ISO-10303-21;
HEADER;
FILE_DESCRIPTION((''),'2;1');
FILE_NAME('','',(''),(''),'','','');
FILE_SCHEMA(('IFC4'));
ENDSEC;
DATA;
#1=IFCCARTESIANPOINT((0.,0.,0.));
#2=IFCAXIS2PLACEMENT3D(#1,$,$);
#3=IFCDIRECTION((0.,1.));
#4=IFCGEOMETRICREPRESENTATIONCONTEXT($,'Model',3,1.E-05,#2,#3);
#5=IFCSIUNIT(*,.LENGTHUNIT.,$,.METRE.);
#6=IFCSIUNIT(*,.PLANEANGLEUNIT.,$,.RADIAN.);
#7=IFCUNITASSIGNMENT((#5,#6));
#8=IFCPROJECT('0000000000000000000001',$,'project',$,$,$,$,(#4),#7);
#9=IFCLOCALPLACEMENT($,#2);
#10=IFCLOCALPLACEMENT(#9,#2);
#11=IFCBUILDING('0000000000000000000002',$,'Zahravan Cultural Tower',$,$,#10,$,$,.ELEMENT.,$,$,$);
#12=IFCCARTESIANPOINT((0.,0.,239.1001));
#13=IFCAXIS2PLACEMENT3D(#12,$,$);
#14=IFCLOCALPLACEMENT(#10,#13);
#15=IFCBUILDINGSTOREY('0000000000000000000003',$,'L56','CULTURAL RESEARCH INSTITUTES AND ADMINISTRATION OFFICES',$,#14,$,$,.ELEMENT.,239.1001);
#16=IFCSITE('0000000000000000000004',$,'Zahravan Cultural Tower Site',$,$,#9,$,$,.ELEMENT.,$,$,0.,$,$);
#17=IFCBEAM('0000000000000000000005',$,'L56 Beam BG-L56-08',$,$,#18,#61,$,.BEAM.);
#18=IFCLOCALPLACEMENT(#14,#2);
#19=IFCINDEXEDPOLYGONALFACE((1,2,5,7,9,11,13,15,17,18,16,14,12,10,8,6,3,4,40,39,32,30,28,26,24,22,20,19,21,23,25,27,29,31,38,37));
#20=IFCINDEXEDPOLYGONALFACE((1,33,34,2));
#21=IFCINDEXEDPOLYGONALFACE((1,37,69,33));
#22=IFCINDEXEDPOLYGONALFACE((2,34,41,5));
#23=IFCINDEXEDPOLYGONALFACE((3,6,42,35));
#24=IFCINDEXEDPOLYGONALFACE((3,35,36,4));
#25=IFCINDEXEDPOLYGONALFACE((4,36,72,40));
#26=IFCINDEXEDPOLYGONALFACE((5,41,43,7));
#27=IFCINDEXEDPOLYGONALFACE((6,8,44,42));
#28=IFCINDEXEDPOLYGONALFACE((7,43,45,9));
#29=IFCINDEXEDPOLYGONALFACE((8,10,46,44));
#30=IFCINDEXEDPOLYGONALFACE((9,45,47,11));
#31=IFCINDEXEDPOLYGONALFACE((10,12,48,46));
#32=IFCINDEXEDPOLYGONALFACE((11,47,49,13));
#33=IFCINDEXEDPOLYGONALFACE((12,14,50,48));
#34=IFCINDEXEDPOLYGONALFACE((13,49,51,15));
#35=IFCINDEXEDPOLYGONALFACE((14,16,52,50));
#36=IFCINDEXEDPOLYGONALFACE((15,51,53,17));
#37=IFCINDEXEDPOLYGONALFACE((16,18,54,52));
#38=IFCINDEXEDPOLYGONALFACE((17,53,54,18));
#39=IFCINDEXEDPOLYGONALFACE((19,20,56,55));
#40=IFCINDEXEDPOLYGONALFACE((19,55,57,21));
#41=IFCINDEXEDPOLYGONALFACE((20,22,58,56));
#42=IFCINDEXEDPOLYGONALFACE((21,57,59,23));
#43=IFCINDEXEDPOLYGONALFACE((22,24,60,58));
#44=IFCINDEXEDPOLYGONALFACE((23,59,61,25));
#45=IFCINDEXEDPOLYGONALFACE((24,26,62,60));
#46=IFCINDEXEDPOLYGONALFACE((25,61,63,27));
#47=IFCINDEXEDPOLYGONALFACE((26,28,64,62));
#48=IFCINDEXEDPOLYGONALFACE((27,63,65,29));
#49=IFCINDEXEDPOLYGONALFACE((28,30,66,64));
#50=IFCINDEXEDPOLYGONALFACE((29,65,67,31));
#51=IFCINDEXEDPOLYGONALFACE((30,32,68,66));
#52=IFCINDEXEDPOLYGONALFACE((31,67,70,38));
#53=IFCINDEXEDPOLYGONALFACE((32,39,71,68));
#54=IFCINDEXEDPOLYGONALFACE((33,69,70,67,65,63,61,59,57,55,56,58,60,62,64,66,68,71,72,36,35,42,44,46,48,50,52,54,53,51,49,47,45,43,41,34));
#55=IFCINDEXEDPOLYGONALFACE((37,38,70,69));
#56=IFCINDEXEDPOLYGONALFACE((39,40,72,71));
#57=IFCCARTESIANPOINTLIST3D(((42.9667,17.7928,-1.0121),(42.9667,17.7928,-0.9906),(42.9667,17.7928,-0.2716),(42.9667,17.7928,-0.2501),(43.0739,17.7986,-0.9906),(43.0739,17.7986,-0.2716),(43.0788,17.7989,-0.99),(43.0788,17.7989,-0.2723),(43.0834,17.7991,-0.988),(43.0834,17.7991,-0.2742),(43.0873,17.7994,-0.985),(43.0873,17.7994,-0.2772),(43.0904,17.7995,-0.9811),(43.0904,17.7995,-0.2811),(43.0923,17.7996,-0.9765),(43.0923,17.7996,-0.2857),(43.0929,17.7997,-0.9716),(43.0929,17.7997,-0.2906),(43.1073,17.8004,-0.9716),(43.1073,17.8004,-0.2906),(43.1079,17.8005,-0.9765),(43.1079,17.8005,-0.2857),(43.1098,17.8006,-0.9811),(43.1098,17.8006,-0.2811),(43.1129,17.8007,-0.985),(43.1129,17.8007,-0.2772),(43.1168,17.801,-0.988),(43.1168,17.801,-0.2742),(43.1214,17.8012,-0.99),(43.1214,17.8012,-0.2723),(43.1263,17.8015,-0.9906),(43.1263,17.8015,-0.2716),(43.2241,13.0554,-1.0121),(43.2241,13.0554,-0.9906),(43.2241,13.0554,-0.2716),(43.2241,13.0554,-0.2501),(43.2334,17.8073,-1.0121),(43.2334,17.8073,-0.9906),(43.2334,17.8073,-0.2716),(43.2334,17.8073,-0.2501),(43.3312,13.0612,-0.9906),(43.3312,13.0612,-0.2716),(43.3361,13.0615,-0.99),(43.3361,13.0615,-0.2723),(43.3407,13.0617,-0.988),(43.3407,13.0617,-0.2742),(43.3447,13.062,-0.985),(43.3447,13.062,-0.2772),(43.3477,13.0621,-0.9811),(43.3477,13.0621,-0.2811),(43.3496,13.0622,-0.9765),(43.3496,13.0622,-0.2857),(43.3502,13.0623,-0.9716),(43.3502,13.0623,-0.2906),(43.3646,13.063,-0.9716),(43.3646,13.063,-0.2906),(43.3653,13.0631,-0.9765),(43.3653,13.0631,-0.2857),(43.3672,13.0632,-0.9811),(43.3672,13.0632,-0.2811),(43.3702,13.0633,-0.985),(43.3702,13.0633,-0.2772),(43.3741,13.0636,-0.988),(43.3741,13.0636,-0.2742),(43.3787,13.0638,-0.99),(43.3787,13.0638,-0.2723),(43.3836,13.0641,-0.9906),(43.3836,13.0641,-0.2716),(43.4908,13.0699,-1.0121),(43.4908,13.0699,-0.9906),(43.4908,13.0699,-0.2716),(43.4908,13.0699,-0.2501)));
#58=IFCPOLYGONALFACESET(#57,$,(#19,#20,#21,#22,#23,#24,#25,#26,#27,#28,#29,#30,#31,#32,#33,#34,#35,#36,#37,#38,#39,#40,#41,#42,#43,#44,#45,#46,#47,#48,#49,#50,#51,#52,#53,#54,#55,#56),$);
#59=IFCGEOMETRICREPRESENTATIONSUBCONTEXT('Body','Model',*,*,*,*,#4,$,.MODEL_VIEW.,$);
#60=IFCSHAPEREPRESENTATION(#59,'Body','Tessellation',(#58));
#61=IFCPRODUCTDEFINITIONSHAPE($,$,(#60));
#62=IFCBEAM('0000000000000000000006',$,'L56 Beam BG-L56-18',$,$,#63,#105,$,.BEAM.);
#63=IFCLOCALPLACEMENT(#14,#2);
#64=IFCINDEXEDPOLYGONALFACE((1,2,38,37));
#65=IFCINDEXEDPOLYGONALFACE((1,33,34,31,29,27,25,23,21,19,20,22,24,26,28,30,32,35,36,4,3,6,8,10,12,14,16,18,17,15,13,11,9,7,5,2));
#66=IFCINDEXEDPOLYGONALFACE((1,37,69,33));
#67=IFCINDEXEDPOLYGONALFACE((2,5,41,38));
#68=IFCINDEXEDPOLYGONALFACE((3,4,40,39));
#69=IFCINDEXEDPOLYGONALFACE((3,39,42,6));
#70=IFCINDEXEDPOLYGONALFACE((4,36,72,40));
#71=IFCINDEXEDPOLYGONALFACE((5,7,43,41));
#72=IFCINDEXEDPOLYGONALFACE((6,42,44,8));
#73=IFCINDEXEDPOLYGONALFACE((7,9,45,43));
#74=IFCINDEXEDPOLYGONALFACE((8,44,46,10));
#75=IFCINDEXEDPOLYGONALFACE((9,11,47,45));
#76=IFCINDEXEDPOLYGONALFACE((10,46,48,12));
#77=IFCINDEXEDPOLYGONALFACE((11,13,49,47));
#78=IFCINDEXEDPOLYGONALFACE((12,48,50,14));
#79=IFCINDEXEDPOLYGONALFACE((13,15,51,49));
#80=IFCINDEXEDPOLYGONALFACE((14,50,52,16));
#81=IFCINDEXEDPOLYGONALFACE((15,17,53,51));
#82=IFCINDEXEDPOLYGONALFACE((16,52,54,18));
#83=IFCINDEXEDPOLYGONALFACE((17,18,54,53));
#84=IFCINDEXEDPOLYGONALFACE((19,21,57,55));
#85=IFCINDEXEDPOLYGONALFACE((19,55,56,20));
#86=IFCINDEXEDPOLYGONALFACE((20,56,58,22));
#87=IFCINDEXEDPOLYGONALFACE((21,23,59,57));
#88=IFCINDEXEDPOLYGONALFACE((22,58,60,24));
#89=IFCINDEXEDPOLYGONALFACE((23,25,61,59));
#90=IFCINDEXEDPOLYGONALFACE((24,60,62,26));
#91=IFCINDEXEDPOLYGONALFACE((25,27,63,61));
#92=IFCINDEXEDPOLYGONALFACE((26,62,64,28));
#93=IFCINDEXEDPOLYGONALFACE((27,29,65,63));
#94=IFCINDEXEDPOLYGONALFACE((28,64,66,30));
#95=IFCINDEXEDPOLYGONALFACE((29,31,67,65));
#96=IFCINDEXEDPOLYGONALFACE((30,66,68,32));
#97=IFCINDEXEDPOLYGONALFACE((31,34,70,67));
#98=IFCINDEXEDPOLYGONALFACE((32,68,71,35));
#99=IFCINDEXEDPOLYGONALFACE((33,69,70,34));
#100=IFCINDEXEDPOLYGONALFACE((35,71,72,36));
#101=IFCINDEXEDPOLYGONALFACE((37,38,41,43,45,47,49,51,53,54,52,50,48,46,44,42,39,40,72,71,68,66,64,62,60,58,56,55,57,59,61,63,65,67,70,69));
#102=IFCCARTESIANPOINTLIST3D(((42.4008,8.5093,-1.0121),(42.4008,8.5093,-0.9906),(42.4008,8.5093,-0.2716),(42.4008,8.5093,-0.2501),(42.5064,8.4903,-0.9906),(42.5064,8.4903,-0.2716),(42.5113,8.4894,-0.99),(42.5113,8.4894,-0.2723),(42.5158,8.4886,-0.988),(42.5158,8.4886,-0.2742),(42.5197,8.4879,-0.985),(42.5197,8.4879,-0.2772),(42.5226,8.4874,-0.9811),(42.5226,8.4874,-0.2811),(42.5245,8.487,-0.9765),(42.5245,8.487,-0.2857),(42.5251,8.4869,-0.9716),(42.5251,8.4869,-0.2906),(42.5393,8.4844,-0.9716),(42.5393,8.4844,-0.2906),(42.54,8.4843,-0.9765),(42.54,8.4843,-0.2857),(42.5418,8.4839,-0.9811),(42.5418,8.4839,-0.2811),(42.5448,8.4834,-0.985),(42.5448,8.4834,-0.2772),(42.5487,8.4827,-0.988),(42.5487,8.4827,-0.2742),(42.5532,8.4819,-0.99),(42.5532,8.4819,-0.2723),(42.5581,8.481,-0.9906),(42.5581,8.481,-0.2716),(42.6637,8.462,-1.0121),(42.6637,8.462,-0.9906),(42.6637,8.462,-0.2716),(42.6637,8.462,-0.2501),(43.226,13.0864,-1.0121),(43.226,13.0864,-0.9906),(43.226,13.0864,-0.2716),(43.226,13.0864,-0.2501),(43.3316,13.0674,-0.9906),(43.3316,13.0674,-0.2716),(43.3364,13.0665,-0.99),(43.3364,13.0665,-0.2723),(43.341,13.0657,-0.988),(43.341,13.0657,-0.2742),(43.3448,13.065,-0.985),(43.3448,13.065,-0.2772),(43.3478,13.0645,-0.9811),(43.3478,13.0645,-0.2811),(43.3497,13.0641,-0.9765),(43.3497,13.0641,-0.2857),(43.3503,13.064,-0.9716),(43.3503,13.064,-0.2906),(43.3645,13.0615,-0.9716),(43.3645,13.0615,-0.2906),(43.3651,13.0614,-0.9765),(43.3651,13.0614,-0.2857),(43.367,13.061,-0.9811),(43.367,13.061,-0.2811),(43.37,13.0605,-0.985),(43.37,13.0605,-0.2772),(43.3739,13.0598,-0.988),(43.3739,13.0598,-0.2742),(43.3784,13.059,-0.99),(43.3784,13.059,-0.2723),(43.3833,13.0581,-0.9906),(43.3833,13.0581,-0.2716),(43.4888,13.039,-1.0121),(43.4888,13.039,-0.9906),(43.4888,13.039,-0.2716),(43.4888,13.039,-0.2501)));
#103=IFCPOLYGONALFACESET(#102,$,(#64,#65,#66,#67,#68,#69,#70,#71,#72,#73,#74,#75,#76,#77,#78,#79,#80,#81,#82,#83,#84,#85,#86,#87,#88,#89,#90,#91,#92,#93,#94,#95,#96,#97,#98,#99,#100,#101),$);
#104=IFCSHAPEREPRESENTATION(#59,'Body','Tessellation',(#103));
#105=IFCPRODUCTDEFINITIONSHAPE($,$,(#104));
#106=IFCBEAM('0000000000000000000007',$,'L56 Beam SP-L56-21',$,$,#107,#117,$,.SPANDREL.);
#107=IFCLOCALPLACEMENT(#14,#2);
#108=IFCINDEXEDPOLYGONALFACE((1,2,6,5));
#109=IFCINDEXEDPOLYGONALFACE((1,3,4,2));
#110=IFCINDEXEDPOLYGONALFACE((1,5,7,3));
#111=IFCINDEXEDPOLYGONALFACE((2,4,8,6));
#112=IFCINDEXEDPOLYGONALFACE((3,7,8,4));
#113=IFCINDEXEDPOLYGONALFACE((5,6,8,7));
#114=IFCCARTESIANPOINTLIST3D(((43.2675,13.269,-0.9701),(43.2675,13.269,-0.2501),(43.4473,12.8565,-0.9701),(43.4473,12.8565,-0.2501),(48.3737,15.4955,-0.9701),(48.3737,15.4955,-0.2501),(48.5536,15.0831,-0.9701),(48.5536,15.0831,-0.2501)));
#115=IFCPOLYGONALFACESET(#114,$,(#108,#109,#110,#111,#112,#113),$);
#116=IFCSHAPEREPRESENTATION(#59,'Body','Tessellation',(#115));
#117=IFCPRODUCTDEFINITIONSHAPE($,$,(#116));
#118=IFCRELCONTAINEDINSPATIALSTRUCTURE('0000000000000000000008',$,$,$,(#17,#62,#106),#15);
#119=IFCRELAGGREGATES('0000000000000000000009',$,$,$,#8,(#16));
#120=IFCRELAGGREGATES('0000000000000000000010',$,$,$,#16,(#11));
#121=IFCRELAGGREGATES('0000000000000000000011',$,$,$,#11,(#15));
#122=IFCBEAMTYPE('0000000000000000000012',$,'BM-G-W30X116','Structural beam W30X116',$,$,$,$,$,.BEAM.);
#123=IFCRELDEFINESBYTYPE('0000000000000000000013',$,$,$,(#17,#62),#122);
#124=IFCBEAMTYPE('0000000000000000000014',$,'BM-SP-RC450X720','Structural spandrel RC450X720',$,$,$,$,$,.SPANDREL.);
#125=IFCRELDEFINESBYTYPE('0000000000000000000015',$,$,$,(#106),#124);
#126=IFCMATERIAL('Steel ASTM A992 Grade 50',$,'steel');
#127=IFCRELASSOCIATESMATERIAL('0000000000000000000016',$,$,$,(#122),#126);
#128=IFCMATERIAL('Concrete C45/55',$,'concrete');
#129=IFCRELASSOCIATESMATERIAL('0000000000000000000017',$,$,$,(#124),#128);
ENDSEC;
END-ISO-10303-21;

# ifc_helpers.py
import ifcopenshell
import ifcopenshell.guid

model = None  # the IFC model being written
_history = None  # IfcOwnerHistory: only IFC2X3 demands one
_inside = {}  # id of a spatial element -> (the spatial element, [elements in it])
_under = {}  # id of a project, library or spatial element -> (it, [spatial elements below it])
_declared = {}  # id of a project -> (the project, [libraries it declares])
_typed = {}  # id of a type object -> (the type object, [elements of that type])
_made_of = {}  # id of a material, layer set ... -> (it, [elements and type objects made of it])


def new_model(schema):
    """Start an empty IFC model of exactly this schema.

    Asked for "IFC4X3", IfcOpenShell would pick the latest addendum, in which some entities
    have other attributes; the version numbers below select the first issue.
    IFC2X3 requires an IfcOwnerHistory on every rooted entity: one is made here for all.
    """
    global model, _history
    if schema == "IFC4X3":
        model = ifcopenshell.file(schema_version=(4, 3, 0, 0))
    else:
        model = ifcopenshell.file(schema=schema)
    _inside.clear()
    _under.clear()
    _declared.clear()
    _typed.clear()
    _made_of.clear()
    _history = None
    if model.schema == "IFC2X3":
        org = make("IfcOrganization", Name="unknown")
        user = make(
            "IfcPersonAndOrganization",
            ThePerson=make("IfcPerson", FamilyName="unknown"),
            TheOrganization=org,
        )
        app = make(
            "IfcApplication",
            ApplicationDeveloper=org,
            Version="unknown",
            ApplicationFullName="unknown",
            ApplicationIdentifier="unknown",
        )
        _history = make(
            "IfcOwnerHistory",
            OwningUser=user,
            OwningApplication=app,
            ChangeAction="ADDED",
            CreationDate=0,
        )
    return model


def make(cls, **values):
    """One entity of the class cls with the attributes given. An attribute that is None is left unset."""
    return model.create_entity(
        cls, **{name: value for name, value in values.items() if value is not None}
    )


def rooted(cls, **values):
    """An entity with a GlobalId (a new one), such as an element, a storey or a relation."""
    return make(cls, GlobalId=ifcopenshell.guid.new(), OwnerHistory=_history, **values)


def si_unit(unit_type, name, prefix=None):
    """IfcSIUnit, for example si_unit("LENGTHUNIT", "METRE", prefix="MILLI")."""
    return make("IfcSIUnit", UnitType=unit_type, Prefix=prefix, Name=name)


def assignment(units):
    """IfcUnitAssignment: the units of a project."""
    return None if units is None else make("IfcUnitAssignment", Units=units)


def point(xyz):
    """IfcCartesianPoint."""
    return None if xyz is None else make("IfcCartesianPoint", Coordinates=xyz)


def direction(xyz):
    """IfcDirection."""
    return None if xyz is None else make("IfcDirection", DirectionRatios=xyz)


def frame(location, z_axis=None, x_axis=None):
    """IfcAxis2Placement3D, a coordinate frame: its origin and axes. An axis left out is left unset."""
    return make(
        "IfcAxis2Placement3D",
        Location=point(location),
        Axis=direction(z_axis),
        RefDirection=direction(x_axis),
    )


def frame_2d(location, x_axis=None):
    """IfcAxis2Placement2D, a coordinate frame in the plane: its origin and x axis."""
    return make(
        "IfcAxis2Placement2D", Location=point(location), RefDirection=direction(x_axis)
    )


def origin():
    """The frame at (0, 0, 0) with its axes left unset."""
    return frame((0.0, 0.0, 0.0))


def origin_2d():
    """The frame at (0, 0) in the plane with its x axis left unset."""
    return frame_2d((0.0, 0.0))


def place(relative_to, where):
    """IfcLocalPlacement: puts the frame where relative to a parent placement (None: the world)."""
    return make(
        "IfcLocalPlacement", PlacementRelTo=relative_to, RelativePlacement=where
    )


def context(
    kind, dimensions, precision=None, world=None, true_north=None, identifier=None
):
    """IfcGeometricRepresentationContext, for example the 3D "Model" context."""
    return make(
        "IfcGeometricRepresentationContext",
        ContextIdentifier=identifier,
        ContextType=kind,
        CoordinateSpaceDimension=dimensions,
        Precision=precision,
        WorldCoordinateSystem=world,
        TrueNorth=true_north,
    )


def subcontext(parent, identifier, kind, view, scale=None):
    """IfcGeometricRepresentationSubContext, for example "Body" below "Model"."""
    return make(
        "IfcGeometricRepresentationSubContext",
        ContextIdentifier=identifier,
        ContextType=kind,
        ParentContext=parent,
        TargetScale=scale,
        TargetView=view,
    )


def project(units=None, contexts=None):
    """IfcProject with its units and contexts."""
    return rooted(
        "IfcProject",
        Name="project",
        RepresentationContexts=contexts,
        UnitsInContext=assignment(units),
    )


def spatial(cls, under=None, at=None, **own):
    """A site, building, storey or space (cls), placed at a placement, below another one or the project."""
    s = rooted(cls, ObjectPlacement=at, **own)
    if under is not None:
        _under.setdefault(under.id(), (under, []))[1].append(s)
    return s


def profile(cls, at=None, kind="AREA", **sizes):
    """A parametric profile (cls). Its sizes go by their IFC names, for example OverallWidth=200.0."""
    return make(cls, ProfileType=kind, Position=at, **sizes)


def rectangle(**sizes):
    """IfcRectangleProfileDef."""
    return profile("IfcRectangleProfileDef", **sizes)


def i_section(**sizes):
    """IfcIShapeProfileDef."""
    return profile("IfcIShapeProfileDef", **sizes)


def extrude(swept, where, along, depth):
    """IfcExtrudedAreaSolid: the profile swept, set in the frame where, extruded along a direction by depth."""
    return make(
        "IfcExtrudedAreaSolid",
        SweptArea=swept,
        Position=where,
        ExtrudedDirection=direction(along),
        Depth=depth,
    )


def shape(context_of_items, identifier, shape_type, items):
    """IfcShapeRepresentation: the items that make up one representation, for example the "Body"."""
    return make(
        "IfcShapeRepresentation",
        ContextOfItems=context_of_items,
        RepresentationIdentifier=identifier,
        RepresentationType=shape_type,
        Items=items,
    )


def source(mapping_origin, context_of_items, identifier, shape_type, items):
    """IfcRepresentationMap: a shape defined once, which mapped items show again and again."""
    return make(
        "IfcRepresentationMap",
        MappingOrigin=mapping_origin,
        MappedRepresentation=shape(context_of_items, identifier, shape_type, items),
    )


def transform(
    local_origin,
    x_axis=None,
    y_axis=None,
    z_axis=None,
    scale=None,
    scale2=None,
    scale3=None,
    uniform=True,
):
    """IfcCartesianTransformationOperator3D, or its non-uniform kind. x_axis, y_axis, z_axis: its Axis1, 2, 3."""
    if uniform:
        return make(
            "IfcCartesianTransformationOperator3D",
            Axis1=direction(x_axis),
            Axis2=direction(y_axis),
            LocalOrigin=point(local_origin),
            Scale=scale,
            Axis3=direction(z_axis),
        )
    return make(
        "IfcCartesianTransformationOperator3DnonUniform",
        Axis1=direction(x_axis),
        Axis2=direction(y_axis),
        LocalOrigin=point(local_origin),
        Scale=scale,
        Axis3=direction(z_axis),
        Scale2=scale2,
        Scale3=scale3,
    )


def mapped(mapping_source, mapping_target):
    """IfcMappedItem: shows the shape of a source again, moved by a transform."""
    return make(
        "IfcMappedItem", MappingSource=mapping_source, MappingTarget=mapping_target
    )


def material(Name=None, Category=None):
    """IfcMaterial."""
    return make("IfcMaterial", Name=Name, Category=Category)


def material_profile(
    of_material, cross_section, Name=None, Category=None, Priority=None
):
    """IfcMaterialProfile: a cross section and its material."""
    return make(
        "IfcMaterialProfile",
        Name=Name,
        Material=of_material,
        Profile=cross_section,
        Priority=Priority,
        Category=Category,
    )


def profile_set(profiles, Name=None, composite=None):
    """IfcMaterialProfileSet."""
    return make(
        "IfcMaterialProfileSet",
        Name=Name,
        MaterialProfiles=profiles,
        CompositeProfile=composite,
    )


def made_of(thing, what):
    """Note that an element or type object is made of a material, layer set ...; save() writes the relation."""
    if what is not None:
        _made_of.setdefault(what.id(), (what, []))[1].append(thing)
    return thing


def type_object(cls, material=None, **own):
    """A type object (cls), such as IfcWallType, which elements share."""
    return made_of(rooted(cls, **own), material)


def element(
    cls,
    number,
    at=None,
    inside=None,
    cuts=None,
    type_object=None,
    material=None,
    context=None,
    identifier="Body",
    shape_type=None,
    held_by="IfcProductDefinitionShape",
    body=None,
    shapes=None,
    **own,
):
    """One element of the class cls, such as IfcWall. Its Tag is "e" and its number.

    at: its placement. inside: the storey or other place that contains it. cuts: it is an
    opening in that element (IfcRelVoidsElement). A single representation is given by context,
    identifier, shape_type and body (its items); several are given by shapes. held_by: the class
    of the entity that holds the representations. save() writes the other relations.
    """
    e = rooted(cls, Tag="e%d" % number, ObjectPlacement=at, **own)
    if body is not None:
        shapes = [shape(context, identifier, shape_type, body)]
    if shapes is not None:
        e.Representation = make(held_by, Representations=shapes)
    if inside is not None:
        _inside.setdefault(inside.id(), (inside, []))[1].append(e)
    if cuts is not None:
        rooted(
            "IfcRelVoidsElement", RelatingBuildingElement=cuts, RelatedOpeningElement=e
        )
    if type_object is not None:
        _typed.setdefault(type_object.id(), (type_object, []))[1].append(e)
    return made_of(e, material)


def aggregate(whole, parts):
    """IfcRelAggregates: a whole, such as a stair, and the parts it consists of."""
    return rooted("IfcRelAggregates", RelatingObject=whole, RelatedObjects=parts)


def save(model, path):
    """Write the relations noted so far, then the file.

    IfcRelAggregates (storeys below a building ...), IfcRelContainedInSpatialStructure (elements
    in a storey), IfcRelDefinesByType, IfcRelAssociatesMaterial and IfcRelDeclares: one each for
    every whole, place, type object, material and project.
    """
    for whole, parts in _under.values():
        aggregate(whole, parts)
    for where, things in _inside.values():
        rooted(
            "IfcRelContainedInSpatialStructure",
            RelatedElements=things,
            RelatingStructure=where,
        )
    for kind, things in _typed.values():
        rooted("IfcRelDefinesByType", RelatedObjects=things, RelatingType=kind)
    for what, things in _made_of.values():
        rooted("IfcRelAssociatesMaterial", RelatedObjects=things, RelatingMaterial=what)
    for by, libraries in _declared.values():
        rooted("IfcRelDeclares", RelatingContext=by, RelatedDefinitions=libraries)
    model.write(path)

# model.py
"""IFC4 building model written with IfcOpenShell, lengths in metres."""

from ifc_helpers import new_model, si_unit, direction, frame, origin, origin_2d, place, context, subcontext, project, spatial, rectangle, i_section, extrude, source, transform, mapped, material, material_profile, profile_set, type_object, element, save


model = new_model("IFC4")

# Units and contexts
model_context = context("Model", 3, precision=1e-05, world=origin(), true_north=direction((0.0, 1.0)))
body_context = subcontext(model_context, "Body", "Model", "MODEL_VIEW")
ifc_project = project(units=[si_unit("LENGTHUNIT", "METRE"), si_unit("PLANEANGLEUNIT", "RADIAN")], contexts=[model_context])

# Site, building, storey
site_placement = place(None, origin())
site = spatial("IfcSite", under=ifc_project, at=site_placement, Name="Zahravan Cultural Tower Site", CompositionType="ELEMENT", RefElevation=0.0)
building_placement = place(site_placement, origin())
building = spatial("IfcBuilding", under=site, at=building_placement, Name="Zahravan Cultural Tower", CompositionType="ELEMENT")
storey_placement = place(building_placement, frame((0.0, 0.0, 239.1001)))
storey = spatial("IfcBuildingStorey", under=building, at=storey_placement, Name="L56", Description="CULTURAL RESEARCH INSTITUTES AND ADMINISTRATION OFFICES", CompositionType="ELEMENT", Elevation=239.1001)

# Shared definitions
ifc_material_1 = material(Name="Steel ASTM A992 Grade 50", Category="steel")

# Beams
ifc_material_profile_1 = material_profile(ifc_material_1, i_section(OverallWidth=0.2671, OverallDepth=0.762, WebThickness=0.0144, FlangeThickness=0.0215, FilletRadius=0.019, at=origin_2d()), Name="W30X116")
ifc_profile_set_1 = profile_set([ifc_material_profile_1], Name="Steel ASTM A992 Grade 50")
beam_type_1 = type_object("IfcBeamType", Name="BM-G-W30X116", Description="Structural beam W30X116", PredefinedType="BEAM", material=ifc_profile_set_1)
shared_shape_1 = source(origin(), body_context, "Body", "SweptSolid", [
    extrude(i_section(OverallWidth=0.2671, OverallDepth=0.762, WebThickness=0.0144, FlangeThickness=0.0215, FilletRadius=0.019, at=origin_2d()), origin(), (0.0, 0.0, 1.0), 4.7444),
])
beam_1_placement = place(storey_placement, frame((43.1001, 17.8, -0.6311), z_axis=(0.054239, -0.998528, 0.0), x_axis=(0.998528, 0.054239, 0.0)))
element("IfcBeam", 1, at=beam_1_placement, inside=storey, type_object=beam_type_1, Name="L56 Beam BG-L56-08", PredefinedType="BEAM", context=body_context, shape_type="MappedRepresentation", body=[
    mapped(shared_shape_1, transform((0.0, 0.0, 0.0), x_axis=(1.0, 0.0, 0.0), y_axis=(0.0, 1.0, 0.0), z_axis=(0.0, 0.0, 1.0), scale=1.0)),
])
shared_shape_2 = source(origin(), body_context, "Body", "SweptSolid", [
    extrude(i_section(OverallWidth=0.2671, OverallDepth=0.762, WebThickness=0.0144, FlangeThickness=0.0215, FilletRadius=0.019, at=origin_2d()), origin(), (0.0, 0.0, 1.0), 4.6509),
])
beam_2_placement = place(storey_placement, frame((43.3574, 13.0627, -0.6311), z_axis=(-0.177426, -0.984134, 0.0), x_axis=(0.984134, -0.177426, 0.0)))
element("IfcBeam", 2, at=beam_2_placement, inside=storey, type_object=beam_type_1, Name="L56 Beam BG-L56-18", PredefinedType="BEAM", context=body_context, shape_type="MappedRepresentation", body=[
    mapped(shared_shape_2, transform((0.0, 0.0, 0.0), x_axis=(1.0, 0.0, 0.0), y_axis=(0.0, 1.0, 0.0), z_axis=(0.0, 0.0, 1.0), scale=1.0)),
])
ifc_material_2 = material(Name="Concrete C45/55", Category="concrete")
ifc_material_profile_2 = material_profile(ifc_material_2, rectangle(XDim=0.45, YDim=0.72, at=origin_2d()), Name="RC450X720")
ifc_profile_set_2 = profile_set([ifc_material_profile_2], Name="Concrete C45/55")
beam_type_2 = type_object("IfcBeamType", Name="BM-SP-RC450X720", Description="Structural spandrel RC450X720", PredefinedType="SPANDREL", material=ifc_profile_set_2)
shared_shape_3 = source(origin(), body_context, "Body", "SweptSolid", [
    extrude(rectangle(XDim=0.45, YDim=0.72, at=origin_2d()), origin(), (0.0, 0.0, 1.0), 5.5706),
])
beam_3_placement = place(storey_placement, frame((43.3574, 13.0627, -0.6101), z_axis=(0.916645, 0.399703, 0.0), x_axis=(-0.399703, 0.916645, 0.0)))
element("IfcBeam", 3, at=beam_3_placement, inside=storey, type_object=beam_type_2, Name="L56 Beam SP-L56-21", PredefinedType="SPANDREL", context=body_context, shape_type="MappedRepresentation", body=[
    mapped(shared_shape_3, transform((0.0, 0.0, 0.0), x_axis=(1.0, 0.0, 0.0), y_axis=(0.0, 1.0, 0.0), z_axis=(0.0, 0.0, 1.0), scale=1.0)),
])

save(model, "model.ifc")
